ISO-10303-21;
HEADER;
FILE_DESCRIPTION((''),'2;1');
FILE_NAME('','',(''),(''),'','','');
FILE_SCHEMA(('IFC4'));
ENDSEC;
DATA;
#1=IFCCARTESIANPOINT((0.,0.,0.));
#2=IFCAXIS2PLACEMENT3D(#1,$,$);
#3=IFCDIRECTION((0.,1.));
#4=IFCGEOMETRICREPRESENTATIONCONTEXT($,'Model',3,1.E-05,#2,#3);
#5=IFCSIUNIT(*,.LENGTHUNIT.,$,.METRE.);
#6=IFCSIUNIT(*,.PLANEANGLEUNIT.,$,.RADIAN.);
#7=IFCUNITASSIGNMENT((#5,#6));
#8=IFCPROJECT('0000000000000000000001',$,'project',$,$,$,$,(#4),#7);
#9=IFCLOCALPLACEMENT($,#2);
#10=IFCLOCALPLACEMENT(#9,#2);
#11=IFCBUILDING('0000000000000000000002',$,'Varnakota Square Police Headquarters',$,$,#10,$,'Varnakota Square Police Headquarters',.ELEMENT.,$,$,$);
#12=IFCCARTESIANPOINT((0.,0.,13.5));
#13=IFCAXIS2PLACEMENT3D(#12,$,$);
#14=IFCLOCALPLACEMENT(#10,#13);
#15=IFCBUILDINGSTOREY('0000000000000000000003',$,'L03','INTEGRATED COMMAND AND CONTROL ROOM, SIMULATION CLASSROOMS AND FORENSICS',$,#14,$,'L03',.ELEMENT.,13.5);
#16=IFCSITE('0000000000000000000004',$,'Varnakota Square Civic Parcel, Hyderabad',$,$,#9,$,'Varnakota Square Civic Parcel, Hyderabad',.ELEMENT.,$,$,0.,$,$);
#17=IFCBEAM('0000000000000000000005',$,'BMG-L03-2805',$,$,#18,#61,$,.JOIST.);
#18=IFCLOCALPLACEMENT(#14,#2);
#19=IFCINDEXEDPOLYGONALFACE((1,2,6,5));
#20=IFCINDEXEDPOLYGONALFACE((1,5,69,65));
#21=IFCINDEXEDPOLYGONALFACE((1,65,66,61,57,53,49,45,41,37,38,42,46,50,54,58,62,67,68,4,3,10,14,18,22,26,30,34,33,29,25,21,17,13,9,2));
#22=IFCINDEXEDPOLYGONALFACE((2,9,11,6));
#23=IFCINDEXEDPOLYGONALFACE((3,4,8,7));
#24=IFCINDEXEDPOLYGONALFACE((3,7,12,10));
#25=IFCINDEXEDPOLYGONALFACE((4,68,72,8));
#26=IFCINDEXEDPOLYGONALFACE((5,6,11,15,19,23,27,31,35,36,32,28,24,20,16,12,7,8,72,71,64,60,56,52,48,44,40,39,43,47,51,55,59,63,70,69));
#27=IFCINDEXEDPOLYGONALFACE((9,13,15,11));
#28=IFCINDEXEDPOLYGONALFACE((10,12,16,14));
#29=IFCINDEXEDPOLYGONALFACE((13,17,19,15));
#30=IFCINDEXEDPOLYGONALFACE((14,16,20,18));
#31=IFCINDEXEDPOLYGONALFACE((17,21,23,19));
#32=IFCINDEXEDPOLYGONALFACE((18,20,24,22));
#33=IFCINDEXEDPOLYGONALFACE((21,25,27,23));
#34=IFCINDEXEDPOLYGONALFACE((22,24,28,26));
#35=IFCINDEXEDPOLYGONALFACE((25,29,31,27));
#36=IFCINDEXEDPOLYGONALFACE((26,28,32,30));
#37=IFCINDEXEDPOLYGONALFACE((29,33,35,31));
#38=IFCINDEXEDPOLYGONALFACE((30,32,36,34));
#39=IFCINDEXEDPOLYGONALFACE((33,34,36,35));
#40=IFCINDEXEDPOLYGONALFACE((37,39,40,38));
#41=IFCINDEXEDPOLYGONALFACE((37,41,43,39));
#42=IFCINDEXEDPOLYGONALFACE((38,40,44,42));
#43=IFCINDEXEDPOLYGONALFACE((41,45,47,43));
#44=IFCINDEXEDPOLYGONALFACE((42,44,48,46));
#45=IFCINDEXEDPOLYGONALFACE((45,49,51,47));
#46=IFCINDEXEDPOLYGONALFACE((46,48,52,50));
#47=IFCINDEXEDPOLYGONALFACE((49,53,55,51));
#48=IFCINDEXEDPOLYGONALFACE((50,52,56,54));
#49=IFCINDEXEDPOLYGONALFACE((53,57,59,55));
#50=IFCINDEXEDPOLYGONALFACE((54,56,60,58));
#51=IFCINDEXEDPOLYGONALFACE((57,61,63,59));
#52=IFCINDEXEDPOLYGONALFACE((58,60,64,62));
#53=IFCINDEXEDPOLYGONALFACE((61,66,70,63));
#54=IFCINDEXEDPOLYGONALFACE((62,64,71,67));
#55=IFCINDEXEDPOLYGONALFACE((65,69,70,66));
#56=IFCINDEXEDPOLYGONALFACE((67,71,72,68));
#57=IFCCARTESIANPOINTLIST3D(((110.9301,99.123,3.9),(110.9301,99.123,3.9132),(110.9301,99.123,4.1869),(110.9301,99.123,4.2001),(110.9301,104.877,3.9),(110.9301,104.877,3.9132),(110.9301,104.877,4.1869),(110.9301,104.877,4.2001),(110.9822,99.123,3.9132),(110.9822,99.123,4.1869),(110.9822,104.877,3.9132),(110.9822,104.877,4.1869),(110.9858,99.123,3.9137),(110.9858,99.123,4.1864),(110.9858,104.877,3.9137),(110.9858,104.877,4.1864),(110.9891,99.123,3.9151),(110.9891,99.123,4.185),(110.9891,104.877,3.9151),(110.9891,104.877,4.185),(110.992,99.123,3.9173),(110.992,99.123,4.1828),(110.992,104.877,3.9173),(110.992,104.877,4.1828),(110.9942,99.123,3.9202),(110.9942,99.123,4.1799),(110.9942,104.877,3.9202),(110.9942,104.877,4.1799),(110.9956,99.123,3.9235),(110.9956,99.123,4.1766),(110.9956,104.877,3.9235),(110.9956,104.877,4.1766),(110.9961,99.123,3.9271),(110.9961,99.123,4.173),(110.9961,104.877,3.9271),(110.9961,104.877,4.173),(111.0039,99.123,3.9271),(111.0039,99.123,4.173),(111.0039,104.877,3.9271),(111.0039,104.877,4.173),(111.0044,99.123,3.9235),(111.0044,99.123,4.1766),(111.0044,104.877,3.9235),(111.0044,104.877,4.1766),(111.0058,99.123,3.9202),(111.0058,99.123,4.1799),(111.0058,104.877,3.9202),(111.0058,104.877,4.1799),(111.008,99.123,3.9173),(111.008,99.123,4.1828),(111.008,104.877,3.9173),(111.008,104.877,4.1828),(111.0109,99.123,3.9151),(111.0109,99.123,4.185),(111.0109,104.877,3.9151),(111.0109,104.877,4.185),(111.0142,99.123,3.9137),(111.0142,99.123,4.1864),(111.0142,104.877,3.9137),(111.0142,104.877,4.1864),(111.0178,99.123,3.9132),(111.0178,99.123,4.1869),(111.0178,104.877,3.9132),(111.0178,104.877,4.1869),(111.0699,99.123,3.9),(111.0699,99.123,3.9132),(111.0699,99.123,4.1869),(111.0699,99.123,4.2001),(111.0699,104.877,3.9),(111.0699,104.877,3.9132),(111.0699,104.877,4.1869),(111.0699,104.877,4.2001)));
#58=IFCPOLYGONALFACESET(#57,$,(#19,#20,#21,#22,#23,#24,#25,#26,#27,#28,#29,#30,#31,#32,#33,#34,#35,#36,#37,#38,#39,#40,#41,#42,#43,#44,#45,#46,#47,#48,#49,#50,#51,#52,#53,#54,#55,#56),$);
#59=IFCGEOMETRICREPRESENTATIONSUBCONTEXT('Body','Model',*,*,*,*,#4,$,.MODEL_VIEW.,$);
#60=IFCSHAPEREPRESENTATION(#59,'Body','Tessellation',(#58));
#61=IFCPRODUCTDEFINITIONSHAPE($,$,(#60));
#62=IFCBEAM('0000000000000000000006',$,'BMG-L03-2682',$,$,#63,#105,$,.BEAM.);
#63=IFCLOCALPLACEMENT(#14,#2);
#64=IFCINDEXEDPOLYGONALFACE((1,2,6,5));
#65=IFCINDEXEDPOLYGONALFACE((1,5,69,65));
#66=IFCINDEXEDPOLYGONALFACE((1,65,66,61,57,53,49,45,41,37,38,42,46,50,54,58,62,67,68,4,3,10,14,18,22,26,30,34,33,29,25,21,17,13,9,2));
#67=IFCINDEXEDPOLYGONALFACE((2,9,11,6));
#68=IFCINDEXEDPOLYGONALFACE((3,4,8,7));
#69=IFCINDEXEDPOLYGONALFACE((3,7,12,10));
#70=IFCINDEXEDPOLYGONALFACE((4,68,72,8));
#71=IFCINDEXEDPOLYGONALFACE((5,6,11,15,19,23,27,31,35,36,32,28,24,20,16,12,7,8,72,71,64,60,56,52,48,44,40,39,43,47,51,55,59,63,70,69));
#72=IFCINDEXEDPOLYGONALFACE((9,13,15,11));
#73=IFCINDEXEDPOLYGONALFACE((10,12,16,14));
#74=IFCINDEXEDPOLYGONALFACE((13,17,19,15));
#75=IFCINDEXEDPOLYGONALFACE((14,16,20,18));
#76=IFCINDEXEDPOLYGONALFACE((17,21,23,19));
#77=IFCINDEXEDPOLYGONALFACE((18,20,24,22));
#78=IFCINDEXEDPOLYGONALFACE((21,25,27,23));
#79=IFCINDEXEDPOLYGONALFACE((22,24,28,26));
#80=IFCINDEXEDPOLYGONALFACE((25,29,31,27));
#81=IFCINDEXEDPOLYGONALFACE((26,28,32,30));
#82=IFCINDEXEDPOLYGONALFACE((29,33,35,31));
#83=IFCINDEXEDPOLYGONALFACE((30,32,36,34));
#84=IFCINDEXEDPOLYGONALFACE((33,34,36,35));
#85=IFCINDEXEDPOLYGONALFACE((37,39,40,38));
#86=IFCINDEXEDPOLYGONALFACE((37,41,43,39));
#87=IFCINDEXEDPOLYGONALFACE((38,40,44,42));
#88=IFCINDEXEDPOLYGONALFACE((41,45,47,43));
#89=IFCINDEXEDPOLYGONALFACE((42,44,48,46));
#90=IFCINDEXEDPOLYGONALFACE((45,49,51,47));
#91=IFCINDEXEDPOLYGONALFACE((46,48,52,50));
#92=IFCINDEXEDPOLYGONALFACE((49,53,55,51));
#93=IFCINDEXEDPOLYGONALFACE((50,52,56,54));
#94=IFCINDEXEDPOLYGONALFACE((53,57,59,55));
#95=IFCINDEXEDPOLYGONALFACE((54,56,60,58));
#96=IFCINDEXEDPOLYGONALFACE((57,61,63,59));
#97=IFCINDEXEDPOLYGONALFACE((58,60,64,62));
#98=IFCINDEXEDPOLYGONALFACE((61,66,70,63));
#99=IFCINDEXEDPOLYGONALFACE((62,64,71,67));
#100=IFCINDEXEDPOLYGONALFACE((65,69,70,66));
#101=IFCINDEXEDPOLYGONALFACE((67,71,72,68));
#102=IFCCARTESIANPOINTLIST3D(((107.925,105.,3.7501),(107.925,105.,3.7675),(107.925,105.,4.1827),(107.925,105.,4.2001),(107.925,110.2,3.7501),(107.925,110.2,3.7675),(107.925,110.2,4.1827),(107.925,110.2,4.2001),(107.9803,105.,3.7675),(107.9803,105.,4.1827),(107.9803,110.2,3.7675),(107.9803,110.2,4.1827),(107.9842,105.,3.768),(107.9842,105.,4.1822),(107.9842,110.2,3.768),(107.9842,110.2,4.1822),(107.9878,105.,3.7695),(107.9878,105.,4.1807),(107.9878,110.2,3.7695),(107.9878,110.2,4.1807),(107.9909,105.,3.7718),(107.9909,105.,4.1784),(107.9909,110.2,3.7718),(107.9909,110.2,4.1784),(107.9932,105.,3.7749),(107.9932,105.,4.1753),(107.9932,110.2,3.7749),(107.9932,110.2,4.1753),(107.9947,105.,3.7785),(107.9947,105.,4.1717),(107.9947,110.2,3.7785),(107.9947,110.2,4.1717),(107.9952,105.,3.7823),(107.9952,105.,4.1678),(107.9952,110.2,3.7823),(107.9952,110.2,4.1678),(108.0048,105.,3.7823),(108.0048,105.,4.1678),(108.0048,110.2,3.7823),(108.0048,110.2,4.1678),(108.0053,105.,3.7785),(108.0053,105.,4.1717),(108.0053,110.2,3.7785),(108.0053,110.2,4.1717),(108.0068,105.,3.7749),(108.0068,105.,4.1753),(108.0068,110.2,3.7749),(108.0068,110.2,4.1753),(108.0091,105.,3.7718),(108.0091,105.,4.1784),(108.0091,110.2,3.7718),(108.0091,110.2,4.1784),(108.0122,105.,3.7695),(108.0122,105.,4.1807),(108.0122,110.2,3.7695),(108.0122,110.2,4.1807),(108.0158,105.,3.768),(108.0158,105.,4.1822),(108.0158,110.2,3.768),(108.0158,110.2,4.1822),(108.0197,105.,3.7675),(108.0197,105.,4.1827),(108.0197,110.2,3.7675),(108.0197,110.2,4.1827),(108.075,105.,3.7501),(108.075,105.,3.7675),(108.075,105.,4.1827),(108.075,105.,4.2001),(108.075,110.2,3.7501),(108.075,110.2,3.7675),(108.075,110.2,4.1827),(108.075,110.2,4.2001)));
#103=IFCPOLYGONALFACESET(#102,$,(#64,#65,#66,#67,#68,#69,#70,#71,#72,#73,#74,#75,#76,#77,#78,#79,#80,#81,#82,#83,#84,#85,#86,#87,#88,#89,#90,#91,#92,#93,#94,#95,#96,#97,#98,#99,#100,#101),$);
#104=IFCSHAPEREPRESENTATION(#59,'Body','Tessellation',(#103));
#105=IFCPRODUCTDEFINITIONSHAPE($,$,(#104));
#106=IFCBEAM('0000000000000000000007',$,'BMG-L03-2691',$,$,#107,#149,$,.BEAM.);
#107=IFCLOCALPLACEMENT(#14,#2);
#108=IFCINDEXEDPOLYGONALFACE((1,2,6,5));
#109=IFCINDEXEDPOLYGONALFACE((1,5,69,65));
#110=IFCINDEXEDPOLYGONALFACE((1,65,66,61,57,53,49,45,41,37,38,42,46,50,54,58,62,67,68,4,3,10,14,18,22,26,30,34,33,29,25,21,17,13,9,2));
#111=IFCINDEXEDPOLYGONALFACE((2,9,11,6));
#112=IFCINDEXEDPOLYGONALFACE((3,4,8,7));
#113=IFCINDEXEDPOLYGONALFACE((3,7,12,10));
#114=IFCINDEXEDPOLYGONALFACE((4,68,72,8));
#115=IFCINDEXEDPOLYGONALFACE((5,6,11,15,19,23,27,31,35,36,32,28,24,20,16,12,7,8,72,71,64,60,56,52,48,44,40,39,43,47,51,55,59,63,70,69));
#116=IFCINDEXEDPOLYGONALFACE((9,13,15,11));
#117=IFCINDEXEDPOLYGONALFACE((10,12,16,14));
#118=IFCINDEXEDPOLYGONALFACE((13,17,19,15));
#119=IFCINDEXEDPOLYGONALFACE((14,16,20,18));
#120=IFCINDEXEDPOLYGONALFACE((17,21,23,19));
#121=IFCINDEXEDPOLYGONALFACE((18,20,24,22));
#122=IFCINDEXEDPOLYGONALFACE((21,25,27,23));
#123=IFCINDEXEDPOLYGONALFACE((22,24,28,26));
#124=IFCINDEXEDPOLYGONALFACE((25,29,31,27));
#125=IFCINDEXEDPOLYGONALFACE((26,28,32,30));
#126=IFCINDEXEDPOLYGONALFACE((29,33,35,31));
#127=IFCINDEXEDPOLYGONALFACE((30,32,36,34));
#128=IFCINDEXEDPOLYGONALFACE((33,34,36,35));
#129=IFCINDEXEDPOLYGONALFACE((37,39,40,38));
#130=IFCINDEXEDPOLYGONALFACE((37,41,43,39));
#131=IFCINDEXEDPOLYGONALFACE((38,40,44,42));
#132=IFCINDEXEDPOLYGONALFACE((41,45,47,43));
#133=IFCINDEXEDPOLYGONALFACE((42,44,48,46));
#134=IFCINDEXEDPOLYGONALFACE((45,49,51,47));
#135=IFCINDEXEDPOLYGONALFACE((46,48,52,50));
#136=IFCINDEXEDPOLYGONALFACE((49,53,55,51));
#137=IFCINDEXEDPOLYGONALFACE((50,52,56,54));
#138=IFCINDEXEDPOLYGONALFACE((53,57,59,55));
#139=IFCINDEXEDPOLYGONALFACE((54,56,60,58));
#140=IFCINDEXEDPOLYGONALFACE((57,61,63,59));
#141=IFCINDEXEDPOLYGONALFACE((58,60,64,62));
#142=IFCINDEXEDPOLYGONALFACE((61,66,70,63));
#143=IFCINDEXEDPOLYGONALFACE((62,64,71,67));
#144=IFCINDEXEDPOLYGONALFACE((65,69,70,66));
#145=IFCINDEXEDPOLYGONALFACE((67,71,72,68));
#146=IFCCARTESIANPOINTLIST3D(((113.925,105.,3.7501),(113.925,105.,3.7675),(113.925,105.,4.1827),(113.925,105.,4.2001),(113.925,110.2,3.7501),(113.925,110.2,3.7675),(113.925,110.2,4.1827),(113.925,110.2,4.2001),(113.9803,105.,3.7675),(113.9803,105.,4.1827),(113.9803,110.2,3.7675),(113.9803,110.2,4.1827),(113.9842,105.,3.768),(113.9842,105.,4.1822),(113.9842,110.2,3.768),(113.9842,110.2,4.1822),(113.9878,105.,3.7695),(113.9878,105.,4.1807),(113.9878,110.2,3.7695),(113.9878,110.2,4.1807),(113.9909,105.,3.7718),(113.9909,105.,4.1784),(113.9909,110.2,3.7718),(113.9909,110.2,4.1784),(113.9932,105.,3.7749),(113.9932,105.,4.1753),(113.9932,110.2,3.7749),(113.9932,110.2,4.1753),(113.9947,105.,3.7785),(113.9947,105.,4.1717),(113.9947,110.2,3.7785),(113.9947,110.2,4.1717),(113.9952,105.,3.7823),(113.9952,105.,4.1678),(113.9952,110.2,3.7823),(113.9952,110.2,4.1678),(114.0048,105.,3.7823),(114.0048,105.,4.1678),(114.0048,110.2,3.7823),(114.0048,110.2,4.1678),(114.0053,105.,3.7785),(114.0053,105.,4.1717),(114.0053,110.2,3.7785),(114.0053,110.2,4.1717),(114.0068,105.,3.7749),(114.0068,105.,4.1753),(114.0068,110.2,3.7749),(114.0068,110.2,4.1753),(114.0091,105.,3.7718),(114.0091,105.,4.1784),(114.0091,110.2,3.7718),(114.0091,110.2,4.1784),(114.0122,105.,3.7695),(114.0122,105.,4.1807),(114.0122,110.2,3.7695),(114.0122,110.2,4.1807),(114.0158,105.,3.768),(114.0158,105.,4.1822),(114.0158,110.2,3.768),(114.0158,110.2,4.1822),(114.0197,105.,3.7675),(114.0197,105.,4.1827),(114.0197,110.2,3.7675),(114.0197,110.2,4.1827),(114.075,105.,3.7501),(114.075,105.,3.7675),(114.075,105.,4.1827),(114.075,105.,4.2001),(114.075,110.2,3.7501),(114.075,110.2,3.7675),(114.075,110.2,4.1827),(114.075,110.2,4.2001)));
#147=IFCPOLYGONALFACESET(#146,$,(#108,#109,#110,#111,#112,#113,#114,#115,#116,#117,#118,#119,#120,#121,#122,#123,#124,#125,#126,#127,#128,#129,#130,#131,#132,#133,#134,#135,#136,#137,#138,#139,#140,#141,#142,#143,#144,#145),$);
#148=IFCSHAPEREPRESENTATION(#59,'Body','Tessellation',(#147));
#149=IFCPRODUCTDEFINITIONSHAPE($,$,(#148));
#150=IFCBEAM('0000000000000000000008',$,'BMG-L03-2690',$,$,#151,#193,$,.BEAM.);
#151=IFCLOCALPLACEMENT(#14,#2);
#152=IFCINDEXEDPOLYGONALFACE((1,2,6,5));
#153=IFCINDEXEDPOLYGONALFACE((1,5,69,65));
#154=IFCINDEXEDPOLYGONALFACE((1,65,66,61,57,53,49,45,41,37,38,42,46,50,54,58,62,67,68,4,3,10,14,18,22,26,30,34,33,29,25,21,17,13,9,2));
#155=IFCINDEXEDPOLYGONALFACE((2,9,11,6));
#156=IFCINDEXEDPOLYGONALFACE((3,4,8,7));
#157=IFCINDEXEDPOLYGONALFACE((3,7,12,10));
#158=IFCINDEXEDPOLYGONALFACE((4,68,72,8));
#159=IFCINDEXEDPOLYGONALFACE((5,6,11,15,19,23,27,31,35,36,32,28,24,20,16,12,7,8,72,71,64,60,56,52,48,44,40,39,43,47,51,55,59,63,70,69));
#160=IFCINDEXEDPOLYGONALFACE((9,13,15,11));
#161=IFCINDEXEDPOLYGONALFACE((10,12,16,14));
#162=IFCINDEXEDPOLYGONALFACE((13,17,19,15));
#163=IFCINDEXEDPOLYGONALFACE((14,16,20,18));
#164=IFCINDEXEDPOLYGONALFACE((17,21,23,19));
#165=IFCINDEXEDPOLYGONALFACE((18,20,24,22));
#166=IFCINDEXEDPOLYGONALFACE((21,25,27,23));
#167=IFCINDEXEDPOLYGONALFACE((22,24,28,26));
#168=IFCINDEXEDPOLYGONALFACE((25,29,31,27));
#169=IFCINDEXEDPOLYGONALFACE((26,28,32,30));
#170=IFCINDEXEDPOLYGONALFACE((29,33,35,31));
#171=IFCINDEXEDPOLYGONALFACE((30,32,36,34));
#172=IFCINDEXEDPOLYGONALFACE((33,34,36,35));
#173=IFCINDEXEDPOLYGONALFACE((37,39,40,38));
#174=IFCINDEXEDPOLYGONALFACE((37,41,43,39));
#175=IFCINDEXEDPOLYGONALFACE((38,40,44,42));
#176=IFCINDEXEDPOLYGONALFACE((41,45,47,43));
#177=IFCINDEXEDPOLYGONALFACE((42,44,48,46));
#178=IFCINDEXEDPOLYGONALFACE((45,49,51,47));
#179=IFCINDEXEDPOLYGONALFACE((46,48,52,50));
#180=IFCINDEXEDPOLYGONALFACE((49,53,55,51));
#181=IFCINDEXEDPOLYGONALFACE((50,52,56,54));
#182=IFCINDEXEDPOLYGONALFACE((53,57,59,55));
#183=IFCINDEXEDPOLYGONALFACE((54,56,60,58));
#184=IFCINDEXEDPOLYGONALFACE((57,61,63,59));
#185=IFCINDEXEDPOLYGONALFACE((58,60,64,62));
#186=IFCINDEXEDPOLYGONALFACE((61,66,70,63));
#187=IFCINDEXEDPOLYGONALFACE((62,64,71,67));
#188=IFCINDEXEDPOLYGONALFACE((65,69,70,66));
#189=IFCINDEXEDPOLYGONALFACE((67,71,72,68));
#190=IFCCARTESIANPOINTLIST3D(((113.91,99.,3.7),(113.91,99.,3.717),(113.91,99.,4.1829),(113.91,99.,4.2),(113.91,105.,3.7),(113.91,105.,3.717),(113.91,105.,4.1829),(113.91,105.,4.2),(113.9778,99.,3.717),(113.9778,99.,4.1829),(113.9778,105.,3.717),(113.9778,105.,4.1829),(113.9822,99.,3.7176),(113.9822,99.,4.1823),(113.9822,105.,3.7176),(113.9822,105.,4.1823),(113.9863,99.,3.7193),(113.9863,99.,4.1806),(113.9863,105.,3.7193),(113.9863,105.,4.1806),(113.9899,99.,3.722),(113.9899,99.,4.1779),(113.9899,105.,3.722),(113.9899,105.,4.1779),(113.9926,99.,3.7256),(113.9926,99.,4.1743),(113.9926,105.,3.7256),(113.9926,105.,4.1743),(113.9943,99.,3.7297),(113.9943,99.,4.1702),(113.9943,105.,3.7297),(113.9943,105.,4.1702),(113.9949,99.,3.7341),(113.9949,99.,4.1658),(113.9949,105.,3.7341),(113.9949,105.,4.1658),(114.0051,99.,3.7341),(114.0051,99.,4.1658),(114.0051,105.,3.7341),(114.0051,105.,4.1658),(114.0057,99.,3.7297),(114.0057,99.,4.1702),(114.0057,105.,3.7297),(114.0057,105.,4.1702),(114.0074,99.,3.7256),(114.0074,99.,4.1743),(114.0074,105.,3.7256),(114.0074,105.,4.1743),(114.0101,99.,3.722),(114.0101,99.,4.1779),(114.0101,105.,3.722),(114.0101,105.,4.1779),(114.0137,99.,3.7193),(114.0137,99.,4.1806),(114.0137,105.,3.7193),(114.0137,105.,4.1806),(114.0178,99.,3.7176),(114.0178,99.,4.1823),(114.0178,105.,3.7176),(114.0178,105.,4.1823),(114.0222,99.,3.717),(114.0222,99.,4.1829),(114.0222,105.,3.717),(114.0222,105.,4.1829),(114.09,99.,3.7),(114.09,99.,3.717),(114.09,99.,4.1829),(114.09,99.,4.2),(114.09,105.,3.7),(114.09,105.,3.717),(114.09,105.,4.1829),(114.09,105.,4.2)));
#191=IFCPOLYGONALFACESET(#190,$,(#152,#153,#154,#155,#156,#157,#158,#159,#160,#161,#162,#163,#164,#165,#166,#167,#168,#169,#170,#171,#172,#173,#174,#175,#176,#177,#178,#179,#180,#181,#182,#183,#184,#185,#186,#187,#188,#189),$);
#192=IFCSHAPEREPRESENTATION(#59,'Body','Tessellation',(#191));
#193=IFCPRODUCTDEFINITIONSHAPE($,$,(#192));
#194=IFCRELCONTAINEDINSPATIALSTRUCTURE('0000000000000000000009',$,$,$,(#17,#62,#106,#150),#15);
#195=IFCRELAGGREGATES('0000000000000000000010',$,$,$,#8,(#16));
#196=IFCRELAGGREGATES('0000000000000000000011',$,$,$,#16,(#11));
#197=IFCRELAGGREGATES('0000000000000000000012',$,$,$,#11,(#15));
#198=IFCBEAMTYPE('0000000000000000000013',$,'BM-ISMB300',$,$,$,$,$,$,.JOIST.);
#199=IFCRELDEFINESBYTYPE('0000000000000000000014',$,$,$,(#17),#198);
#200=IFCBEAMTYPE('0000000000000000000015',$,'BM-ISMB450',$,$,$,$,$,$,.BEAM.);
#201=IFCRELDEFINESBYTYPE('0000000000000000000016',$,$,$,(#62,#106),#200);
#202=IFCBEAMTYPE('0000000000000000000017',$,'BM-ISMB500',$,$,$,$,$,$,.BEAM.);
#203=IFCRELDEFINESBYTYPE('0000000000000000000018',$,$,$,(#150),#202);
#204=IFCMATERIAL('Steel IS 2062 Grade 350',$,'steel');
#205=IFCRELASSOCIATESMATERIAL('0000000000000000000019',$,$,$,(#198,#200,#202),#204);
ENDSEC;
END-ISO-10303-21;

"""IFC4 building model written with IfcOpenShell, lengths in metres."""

from ifc_helpers import new_model, si_unit, direction, frame, origin, origin_2d, place, context, subcontext, project, spatial, i_section, extrude, material, material_profile, profile_set, type_object, element, save


model = new_model("IFC4")

# Units and contexts
model_context = context("Model", 3, precision=1e-05, world=origin(), true_north=direction((0.0, 1.0)))
body_context = subcontext(model_context, "Body", "Model", "MODEL_VIEW")
ifc_project = project(units=[si_unit("LENGTHUNIT", "METRE"), si_unit("PLANEANGLEUNIT", "RADIAN")], contexts=[model_context])

# Site, building, storey
site_placement = place(None, origin())
site = spatial("IfcSite", under=ifc_project, at=site_placement, Name="Varnakota Square Civic Parcel, Hyderabad", LongName="Varnakota Square Civic Parcel, Hyderabad", CompositionType="ELEMENT", RefElevation=0.0)
building_placement = place(site_placement, origin())
building = spatial("IfcBuilding", under=site, at=building_placement, Name="Varnakota Square Police Headquarters", LongName="Varnakota Square Police Headquarters", CompositionType="ELEMENT")
storey_placement = place(building_placement, frame((0.0, 0.0, 13.5)))
storey = spatial("IfcBuildingStorey", under=building, at=storey_placement, Name="L03", Description="INTEGRATED COMMAND AND CONTROL ROOM, SIMULATION CLASSROOMS AND FORENSICS", LongName="L03", CompositionType="ELEMENT", Elevation=13.5)

# Shared definitions
ifc_material_1 = material(Name="Steel IS 2062 Grade 350", Category="steel")

# Beams
ifc_material_profile_1 = material_profile(ifc_material_1, i_section(OverallWidth=0.1399, OverallDepth=0.3, WebThickness=0.0078, FlangeThickness=0.0132, FilletRadius=0.0139, at=origin_2d()), Name="ISMB 300")
ifc_profile_set_1 = profile_set([ifc_material_profile_1], Name="Steel IS 2062 Grade 350")
beam_type_1 = type_object("IfcBeamType", Name="BM-ISMB300", PredefinedType="JOIST", material=ifc_profile_set_1)
beam_1_placement = place(storey_placement, frame((111.0, 99.123, 4.05), z_axis=(0.0, 1.0, 0.0), x_axis=(-1.0, 0.0, 0.0)))
element("IfcBeam", 1, at=beam_1_placement, inside=storey, type_object=beam_type_1, Name="BMG-L03-2805", PredefinedType="JOIST", context=body_context, shape_type="SweptSolid", body=[
    extrude(i_section(OverallWidth=0.1399, OverallDepth=0.3, WebThickness=0.0078, FlangeThickness=0.0132, FilletRadius=0.0139, at=origin_2d()), origin(), (0.0, 0.0, 1.0), 5.7539),
])
ifc_material_profile_2 = material_profile(ifc_material_1, i_section(OverallWidth=0.1499, OverallDepth=0.45, WebThickness=0.0095, FlangeThickness=0.0173, FilletRadius=0.0149, at=origin_2d()), Name="ISMB 450")
ifc_profile_set_2 = profile_set([ifc_material_profile_2], Name="Steel IS 2062 Grade 350")
beam_type_2 = type_object("IfcBeamType", Name="BM-ISMB450", PredefinedType="BEAM", material=ifc_profile_set_2)
for number, where, z_axis, x_axis, name in (
    (2, (108.0, 105.0, 3.9751), (0.0, 1.0, 0.0), (-1.0, 0.0, 0.0), "BMG-L03-2682"),
    (3, (114.0, 105.0, 3.9751), (0.0, 1.0, 0.0), (-1.0, 0.0, 0.0), "BMG-L03-2691"),
):
    element("IfcBeam", number, at=place(storey_placement, frame(where, z_axis=z_axis, x_axis=x_axis)), inside=storey, type_object=beam_type_2, Name=name, PredefinedType="BEAM", context=body_context, shape_type="SweptSolid", body=[
        extrude(i_section(OverallWidth=0.1499, OverallDepth=0.45, WebThickness=0.0095, FlangeThickness=0.0173, FilletRadius=0.0149, at=origin_2d()), origin(), (0.0, 0.0, 1.0), 5.2),
    ])
ifc_material_profile_3 = material_profile(ifc_material_1, i_section(OverallWidth=0.1799, OverallDepth=0.5, WebThickness=0.0103, FlangeThickness=0.0171, FilletRadius=0.0171, at=origin_2d()), Name="ISMB 500")
ifc_profile_set_3 = profile_set([ifc_material_profile_3], Name="Steel IS 2062 Grade 350")
beam_type_3 = type_object("IfcBeamType", Name="BM-ISMB500", PredefinedType="BEAM", material=ifc_profile_set_3)
beam_2_placement = place(storey_placement, frame((114.0, 99.0, 3.95), z_axis=(0.0, 1.0, 0.0), x_axis=(-1.0, 0.0, 0.0)))
element("IfcBeam", 4, at=beam_2_placement, inside=storey, type_object=beam_type_3, Name="BMG-L03-2690", PredefinedType="BEAM", context=body_context, shape_type="SweptSolid", body=[
    extrude(i_section(OverallWidth=0.1799, OverallDepth=0.5, WebThickness=0.0103, FlangeThickness=0.0171, FilletRadius=0.0171, at=origin_2d()), origin(), (0.0, 0.0, 1.0), 6.0),
])

save(model, "model.ifc")
